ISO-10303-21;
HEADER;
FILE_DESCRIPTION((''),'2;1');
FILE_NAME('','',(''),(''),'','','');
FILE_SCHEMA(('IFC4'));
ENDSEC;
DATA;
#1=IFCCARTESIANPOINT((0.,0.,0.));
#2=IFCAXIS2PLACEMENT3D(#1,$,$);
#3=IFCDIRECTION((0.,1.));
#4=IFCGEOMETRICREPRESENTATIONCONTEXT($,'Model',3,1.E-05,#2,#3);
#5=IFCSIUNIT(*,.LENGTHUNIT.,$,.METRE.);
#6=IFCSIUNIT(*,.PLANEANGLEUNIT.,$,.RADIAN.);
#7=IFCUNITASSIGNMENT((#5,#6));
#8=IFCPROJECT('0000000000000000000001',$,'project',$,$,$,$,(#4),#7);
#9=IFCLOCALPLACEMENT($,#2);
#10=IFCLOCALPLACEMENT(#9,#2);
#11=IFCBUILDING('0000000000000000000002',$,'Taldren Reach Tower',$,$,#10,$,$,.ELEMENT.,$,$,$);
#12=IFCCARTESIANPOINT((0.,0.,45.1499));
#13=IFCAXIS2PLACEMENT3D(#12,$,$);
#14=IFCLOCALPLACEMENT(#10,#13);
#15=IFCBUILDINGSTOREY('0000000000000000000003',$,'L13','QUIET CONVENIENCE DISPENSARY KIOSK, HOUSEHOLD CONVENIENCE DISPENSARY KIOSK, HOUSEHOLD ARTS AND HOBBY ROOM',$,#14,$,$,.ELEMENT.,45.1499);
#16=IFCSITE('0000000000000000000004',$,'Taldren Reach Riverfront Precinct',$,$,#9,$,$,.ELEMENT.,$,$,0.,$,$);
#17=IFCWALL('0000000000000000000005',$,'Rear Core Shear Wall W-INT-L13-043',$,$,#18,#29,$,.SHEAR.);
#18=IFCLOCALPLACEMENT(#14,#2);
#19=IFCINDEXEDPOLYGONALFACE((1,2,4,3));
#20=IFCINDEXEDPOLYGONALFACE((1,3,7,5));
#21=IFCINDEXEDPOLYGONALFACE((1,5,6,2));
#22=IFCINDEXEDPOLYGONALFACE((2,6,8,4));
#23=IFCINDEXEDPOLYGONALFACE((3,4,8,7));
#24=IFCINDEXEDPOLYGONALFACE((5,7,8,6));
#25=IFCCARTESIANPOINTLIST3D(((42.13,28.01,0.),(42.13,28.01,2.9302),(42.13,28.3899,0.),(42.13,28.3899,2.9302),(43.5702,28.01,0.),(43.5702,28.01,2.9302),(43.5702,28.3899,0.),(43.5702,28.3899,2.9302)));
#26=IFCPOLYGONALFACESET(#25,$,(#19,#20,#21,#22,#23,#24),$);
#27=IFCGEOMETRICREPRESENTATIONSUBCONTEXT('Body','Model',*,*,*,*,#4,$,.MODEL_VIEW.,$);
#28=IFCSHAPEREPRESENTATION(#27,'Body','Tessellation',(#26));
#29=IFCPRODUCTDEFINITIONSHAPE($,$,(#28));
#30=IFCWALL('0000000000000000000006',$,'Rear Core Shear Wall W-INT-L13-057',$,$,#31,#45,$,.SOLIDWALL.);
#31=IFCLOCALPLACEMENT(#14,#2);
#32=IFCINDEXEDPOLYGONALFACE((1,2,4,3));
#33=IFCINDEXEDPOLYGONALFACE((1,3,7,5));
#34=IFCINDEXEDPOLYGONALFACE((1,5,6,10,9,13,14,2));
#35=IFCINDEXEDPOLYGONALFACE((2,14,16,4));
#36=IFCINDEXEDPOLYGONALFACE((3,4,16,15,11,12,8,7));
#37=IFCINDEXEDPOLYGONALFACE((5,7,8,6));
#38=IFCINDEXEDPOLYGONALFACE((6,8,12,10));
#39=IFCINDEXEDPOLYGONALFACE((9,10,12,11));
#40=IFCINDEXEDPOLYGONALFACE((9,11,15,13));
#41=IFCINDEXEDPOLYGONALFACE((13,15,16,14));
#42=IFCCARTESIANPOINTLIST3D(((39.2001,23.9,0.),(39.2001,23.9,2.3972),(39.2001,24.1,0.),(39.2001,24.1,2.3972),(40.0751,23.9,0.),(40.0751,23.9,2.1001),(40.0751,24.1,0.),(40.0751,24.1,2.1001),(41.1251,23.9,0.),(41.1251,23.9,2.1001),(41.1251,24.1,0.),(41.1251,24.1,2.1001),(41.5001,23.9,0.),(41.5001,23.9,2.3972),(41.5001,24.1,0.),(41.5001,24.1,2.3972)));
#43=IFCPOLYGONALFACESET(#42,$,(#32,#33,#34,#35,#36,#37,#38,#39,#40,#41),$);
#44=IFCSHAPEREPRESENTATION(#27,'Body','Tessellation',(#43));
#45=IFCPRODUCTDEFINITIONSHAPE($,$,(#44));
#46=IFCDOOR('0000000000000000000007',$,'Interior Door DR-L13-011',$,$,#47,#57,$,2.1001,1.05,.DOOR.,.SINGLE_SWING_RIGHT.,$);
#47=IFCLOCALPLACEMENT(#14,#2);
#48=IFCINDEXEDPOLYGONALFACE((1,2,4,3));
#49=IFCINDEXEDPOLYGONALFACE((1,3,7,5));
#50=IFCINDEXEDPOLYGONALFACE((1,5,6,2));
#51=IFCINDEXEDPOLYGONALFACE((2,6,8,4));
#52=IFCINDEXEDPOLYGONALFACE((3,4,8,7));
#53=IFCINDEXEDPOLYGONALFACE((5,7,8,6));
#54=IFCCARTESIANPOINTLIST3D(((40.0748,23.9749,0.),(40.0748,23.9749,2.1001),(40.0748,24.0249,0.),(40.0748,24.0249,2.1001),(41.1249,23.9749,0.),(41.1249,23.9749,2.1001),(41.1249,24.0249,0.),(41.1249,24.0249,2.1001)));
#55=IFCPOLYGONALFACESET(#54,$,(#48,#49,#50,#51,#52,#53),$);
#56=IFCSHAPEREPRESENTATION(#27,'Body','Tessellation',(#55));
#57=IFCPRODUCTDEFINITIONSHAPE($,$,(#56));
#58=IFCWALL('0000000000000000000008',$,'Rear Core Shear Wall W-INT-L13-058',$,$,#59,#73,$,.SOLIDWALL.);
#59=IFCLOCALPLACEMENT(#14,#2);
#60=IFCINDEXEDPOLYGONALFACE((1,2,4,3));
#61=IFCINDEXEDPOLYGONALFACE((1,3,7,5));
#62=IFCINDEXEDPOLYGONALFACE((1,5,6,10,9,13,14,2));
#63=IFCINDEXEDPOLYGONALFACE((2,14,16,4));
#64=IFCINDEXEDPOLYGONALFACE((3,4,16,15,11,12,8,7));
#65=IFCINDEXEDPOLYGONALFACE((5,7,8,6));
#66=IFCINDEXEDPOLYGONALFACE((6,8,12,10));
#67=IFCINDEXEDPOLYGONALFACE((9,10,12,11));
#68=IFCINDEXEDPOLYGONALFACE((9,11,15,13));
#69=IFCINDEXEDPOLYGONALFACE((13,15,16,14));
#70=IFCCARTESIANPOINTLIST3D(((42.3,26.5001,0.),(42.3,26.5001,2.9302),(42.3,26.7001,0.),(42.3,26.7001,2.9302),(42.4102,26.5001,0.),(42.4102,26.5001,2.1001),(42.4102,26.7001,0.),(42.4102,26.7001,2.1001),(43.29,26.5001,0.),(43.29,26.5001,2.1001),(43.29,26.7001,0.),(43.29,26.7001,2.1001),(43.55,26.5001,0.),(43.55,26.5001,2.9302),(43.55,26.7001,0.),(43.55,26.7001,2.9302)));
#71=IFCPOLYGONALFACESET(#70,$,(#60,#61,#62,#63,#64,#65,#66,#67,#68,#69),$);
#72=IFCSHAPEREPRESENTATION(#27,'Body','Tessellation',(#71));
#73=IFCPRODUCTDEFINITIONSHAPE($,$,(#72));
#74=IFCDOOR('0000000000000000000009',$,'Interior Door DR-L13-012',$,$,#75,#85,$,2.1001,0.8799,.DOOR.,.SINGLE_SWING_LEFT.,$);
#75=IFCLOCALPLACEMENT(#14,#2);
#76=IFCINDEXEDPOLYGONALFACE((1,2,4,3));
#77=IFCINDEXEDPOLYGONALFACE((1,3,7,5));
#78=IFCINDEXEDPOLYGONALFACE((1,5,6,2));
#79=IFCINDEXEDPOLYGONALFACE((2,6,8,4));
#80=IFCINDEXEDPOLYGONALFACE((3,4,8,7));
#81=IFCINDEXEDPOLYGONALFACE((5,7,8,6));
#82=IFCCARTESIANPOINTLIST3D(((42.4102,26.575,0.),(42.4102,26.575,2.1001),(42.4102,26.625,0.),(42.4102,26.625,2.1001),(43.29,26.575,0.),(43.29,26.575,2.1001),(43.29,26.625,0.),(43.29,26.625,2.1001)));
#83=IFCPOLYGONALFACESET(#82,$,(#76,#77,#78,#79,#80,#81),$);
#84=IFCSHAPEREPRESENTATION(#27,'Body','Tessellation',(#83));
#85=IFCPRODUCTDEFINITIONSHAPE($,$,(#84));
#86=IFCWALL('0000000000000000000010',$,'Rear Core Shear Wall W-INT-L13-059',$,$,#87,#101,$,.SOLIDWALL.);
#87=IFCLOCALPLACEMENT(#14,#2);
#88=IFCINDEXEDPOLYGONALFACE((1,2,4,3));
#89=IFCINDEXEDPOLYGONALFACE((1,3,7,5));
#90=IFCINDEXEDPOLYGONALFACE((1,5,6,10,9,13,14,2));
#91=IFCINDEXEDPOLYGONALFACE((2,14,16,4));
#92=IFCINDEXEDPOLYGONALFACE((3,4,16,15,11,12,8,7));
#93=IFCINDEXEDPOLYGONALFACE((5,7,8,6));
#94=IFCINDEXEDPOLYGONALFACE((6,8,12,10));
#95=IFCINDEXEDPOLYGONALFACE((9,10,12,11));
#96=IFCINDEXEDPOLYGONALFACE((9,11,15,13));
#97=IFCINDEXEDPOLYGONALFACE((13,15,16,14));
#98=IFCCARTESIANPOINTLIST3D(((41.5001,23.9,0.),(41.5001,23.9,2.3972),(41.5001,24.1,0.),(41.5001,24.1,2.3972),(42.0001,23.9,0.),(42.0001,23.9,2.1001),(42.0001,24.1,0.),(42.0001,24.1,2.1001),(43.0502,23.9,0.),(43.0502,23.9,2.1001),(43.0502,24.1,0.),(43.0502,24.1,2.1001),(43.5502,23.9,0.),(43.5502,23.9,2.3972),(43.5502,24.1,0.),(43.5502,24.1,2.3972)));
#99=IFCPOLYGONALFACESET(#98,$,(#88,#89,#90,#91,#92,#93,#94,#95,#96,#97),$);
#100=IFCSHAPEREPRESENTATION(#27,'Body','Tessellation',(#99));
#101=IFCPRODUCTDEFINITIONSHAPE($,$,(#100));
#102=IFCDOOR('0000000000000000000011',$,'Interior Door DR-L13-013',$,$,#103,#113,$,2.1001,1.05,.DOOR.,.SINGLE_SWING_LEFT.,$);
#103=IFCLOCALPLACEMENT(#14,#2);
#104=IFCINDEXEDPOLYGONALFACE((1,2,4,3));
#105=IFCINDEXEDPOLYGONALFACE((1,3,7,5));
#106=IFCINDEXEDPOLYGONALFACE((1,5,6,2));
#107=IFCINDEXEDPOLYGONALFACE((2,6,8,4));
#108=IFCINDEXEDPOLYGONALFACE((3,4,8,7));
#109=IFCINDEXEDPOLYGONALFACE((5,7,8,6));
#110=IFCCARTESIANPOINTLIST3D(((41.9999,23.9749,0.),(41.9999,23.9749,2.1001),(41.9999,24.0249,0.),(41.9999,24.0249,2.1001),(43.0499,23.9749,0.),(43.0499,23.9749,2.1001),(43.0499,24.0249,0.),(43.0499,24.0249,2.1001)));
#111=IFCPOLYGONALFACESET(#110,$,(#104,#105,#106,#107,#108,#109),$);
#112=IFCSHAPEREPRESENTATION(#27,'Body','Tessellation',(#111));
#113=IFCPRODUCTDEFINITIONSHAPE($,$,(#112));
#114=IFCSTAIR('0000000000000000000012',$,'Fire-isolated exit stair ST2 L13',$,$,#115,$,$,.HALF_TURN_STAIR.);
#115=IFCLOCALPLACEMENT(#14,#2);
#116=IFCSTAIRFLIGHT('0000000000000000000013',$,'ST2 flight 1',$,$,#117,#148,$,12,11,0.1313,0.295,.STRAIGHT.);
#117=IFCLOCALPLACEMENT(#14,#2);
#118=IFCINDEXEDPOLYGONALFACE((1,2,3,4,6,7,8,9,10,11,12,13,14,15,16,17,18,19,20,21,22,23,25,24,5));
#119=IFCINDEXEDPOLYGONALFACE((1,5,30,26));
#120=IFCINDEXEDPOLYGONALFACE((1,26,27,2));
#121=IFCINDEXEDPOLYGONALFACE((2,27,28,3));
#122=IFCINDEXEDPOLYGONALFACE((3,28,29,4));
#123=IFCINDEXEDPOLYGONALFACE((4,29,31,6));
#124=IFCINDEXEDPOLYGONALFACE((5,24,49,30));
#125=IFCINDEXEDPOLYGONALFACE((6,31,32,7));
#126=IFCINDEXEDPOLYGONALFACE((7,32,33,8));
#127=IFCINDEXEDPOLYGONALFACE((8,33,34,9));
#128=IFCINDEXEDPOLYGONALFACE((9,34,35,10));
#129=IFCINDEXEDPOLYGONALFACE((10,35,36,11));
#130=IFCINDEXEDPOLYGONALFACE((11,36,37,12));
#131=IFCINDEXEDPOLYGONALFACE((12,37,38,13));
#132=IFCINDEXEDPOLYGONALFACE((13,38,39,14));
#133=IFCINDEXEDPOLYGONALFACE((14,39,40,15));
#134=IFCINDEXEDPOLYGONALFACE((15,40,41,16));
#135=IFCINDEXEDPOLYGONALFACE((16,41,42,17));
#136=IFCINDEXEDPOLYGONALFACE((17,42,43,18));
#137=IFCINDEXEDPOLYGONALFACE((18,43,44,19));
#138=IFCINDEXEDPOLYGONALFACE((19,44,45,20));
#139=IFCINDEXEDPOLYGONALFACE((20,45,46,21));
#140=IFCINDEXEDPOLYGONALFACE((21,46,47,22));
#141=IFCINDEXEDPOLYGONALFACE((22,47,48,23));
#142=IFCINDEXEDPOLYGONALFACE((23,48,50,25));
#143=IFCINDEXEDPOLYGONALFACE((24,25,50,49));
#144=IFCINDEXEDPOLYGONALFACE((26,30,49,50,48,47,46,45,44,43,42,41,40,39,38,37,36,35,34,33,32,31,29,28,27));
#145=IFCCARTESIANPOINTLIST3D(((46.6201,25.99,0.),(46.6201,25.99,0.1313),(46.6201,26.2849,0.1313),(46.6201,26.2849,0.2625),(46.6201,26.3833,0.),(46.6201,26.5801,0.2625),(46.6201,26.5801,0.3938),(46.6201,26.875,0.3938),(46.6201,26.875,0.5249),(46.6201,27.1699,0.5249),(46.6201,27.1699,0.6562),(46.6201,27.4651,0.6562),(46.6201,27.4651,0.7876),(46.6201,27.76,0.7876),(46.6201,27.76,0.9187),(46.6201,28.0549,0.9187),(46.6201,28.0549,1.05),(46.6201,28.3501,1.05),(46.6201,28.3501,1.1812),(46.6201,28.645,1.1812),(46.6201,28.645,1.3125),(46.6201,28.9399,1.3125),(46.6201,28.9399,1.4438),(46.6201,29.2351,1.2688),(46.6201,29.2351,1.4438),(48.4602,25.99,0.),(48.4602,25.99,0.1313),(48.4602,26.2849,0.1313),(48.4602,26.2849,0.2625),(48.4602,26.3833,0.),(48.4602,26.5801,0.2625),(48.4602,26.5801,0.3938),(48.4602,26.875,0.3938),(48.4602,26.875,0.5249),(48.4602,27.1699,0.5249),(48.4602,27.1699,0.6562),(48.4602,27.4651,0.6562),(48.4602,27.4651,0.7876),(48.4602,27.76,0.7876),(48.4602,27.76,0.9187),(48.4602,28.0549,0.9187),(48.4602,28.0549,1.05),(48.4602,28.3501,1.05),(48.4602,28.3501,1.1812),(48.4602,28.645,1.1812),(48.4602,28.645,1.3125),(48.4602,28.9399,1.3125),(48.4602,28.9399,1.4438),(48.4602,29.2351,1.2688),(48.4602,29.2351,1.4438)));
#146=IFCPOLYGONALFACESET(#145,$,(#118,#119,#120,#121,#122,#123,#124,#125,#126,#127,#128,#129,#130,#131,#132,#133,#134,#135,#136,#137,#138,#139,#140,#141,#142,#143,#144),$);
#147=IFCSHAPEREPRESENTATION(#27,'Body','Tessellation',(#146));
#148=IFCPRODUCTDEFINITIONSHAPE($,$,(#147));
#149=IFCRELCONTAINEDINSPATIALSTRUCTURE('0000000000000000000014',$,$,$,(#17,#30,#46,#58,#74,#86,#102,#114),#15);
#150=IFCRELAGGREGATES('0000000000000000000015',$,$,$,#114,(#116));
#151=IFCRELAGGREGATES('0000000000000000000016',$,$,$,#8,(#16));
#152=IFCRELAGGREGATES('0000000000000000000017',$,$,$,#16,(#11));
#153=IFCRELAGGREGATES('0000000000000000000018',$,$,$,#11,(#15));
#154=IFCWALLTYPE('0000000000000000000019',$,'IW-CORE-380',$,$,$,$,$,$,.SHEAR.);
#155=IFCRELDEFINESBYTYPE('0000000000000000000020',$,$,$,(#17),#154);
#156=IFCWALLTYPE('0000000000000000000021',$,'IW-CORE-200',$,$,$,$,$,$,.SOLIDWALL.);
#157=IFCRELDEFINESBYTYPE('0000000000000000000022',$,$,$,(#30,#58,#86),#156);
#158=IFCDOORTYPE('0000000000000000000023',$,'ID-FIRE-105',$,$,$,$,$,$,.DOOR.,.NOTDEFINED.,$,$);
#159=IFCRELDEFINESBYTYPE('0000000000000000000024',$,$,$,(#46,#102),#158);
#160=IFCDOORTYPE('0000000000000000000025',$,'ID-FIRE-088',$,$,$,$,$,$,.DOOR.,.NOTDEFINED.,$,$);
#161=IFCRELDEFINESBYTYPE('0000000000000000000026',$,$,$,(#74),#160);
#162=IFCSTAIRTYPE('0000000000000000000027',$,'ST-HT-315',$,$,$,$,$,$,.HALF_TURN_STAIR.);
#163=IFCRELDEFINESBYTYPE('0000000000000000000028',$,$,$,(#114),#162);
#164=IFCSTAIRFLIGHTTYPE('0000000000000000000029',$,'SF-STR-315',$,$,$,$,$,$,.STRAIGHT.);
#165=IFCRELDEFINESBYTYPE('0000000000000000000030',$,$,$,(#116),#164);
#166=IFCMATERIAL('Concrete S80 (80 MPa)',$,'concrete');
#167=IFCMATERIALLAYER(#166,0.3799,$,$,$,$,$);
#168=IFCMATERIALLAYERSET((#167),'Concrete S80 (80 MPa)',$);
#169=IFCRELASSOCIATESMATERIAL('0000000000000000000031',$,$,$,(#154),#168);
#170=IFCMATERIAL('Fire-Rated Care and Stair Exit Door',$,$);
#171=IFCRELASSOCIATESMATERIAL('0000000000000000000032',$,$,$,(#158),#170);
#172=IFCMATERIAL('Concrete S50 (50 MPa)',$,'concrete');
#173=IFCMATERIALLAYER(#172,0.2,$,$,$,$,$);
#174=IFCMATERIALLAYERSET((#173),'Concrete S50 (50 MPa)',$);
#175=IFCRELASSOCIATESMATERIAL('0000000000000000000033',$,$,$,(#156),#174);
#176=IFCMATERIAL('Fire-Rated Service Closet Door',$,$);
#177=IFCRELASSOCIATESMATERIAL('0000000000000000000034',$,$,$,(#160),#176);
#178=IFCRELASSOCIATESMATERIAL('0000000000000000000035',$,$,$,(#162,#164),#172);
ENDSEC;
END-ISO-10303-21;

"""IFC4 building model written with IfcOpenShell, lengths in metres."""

from ifc_helpers import new_model, si_unit, direction, frame, frame_2d, origin, place, context, subcontext, project, spatial, polyline, rectangle, outline, extrude, source, transform, mapped, material, layer, layer_set, type_object, element, fill, aggregate, save


model = new_model("IFC4")

# Units and contexts
model_context = context("Model", 3, precision=1e-05, world=origin(), true_north=direction((0.0, 1.0)))
body_context = subcontext(model_context, "Body", "Model", "MODEL_VIEW")
ifc_project = project(units=[si_unit("LENGTHUNIT", "METRE"), si_unit("PLANEANGLEUNIT", "RADIAN")], contexts=[model_context])

# Site, building, storey
site_placement = place(None, origin())
site = spatial("IfcSite", under=ifc_project, at=site_placement, Name="Taldren Reach Riverfront Precinct", CompositionType="ELEMENT", RefElevation=0.0)
building_placement = place(site_placement, origin())
building = spatial("IfcBuilding", under=site, at=building_placement, Name="Taldren Reach Tower", CompositionType="ELEMENT")
storey_placement = place(building_placement, frame((0.0, 0.0, 45.1499)))
storey = spatial("IfcBuildingStorey", under=building, at=storey_placement, Name="L13", Description="QUIET CONVENIENCE DISPENSARY KIOSK, HOUSEHOLD CONVENIENCE DISPENSARY KIOSK, HOUSEHOLD ARTS AND HOBBY ROOM", CompositionType="ELEMENT", Elevation=45.1499)

# Shared definitions
ifc_material_1 = material(Name="Concrete S80 (80 MPa)", Category="concrete")
ifc_layer_1 = layer(ifc_material_1, 0.3799)
ifc_layer_set_1 = layer_set([ifc_layer_1], Name="Concrete S80 (80 MPa)")
wall_type_1 = type_object("IfcWallType", Name="IW-CORE-380", PredefinedType="SHEAR", material=ifc_layer_set_1)

# Shared definitions
ifc_material_2 = material(Name="Fire-Rated Care and Stair Exit Door")
door_type_1 = type_object("IfcDoorType", Name="ID-FIRE-105", OperationType="NOTDEFINED", PredefinedType="DOOR", material=ifc_material_2)
shared_shape_1 = source(origin(), body_context, "Body", "SweptSolid", [
    extrude(rectangle(XDim=1.05, YDim=2.1001, at=frame_2d((0.5249, 1.05))), frame((0.0, 0.0249, 0.0), z_axis=(0.0, -1.0, 0.0), x_axis=(1.0, 0.0, 0.0)), (0.0, 0.0, 1.0), 0.05),
])

# Shared definitions
ifc_material_3 = material(Name="Concrete S50 (50 MPa)", Category="concrete")
ifc_layer_2 = layer(ifc_material_3, 0.2)
ifc_layer_set_2 = layer_set([ifc_layer_2], Name="Concrete S50 (50 MPa)")
wall_type_2 = type_object("IfcWallType", Name="IW-CORE-200", PredefinedType="SOLIDWALL", material=ifc_layer_set_2)

# Shared definitions
shared_shape_2 = source(origin(), body_context, "Body", "SweptSolid", [
    extrude(rectangle(XDim=1.05, YDim=2.1001, at=frame_2d((0.5249, 1.05))), frame((0.0, 0.1099, 0.0), z_axis=(0.0, -1.0, 0.0), x_axis=(1.0, 0.0, 0.0)), (0.0, 0.0, 1.0), 0.22),
])

# Wall
shared_shape_3 = source(origin(), body_context, "Body", "SweptSolid", [
    extrude(rectangle(XDim=1.4402, YDim=0.3799, at=frame_2d((0.7202, 0.0))), origin(), (0.0, 0.0, 1.0), 2.9302),
])
wall_1_placement = place(storey_placement, frame((42.1299, 28.2, 0.0), z_axis=(0.0, 0.0, 1.0), x_axis=(1.0, 0.0, 0.0)))
element("IfcWall", 1, at=wall_1_placement, inside=storey, type_object=wall_type_1, Name="Rear Core Shear Wall W-INT-L13-043", PredefinedType="SHEAR", context=body_context, shape_type="MappedRepresentation", body=[
    mapped(shared_shape_3, transform((0.0, 0.0, 0.0), scale=1.0)),
])

# Walls, openings, doors
shared_shape_4 = source(origin(), body_context, "Body", "SweptSolid", [
    extrude(rectangle(XDim=2.3, YDim=0.2, at=frame_2d((1.1499, 0.0))), origin(), (0.0, 0.0, 1.0), 2.3972),
])
wall_2_placement = place(storey_placement, frame((41.5, 24.0, 0.0), z_axis=(0.0, 0.0, 1.0), x_axis=(-1.0, 0.0, 0.0)))
wall_2 = element("IfcWall", 2, at=wall_2_placement, inside=storey, type_object=wall_type_2, Name="Rear Core Shear Wall W-INT-L13-057", PredefinedType="SOLIDWALL", context=body_context, shape_type="MappedRepresentation", body=[
    mapped(shared_shape_4, transform((0.0, 0.0, 0.0), scale=1.0)),
])
opening_1_placement = place(wall_2_placement, frame((0.375, 0.0, 0.0)))
opening_1 = element("IfcOpeningElement", 3, at=opening_1_placement, cuts=wall_2, PredefinedType="OPENING", context=body_context, shape_type="MappedRepresentation", body=[
    mapped(shared_shape_2, transform((0.0, 0.0, 0.0), scale=1.0)),
])
door_1_placement = place(opening_1_placement, frame((1.05, 0.0, 0.0), z_axis=(0.0, 0.0, 1.0), x_axis=(-1.0, 0.0, 0.0)))
door_1 = element("IfcDoor", 4, at=door_1_placement, inside=storey, type_object=door_type_1, Name="Interior Door DR-L13-011", OperationType="SINGLE_SWING_RIGHT", OverallHeight=2.1001, OverallWidth=1.05, PredefinedType="DOOR", context=body_context, shape_type="MappedRepresentation", body=[
    mapped(shared_shape_1, transform((0.0, 0.0, 0.0), scale=1.0)),
])
fill(opening_1, door_1)
shared_shape_5 = source(origin(), body_context, "Body", "SweptSolid", [
    extrude(rectangle(XDim=1.25, YDim=0.2, at=frame_2d((0.625, 0.0))), origin(), (0.0, 0.0, 1.0), 2.9302),
])
wall_3_placement = place(storey_placement, frame((42.3, 26.6001, 0.0), z_axis=(0.0, 0.0, 1.0), x_axis=(1.0, 0.0, 0.0)))
wall_3 = element("IfcWall", 5, at=wall_3_placement, inside=storey, type_object=wall_type_2, Name="Rear Core Shear Wall W-INT-L13-058", PredefinedType="SOLIDWALL", context=body_context, shape_type="MappedRepresentation", body=[
    mapped(shared_shape_5, transform((0.0, 0.0, 0.0), scale=1.0)),
])
shared_shape_6 = source(origin(), body_context, "Body", "SweptSolid", [
    extrude(rectangle(XDim=0.8799, YDim=2.1001, at=frame_2d((0.4399, 1.05))), frame((0.0, 0.1099, 0.0), z_axis=(0.0, -1.0, 0.0), x_axis=(1.0, 0.0, 0.0)), (0.0, 0.0, 1.0), 0.22),
])
opening_2_placement = place(wall_3_placement, frame((0.1101, 0.0, 0.0)))
opening_2 = element("IfcOpeningElement", 6, at=opening_2_placement, cuts=wall_3, PredefinedType="OPENING", context=body_context, shape_type="MappedRepresentation", body=[
    mapped(shared_shape_6, transform((0.0, 0.0, 0.0), scale=1.0)),
])
ifc_material_4 = material(Name="Fire-Rated Service Closet Door")
door_type_2 = type_object("IfcDoorType", Name="ID-FIRE-088", OperationType="NOTDEFINED", PredefinedType="DOOR", material=ifc_material_4)
shared_shape_7 = source(origin(), body_context, "Body", "SweptSolid", [
    extrude(rectangle(XDim=0.8799, YDim=2.1001, at=frame_2d((0.4399, 1.05))), frame((0.0, 0.0249, 0.0), z_axis=(0.0, -1.0, 0.0), x_axis=(1.0, 0.0, 0.0)), (0.0, 0.0, 1.0), 0.05),
])
door_2_placement = place(opening_2_placement, origin())
door_2 = element("IfcDoor", 7, at=door_2_placement, inside=storey, type_object=door_type_2, Name="Interior Door DR-L13-012", OperationType="SINGLE_SWING_LEFT", OverallHeight=2.1001, OverallWidth=0.8799, PredefinedType="DOOR", context=body_context, shape_type="MappedRepresentation", body=[
    mapped(shared_shape_7, transform((0.0, 0.0, 0.0), scale=1.0)),
])
fill(opening_2, door_2)
shared_shape_8 = source(origin(), body_context, "Body", "SweptSolid", [
    extrude(rectangle(XDim=2.05, YDim=0.2, at=frame_2d((1.0249, 0.0))), origin(), (0.0, 0.0, 1.0), 2.3972),
])
wall_4_placement = place(storey_placement, frame((43.55, 24.0, 0.0), z_axis=(0.0, 0.0, 1.0), x_axis=(-1.0, 0.0, 0.0)))
wall_4 = element("IfcWall", 8, at=wall_4_placement, inside=storey, type_object=wall_type_2, Name="Rear Core Shear Wall W-INT-L13-059", PredefinedType="SOLIDWALL", context=body_context, shape_type="MappedRepresentation", body=[
    mapped(shared_shape_8, transform((0.0, 0.0, 0.0), scale=1.0)),
])
opening_3_placement = place(wall_4_placement, frame((0.5, 0.0, 0.0)))
opening_3 = element("IfcOpeningElement", 9, at=opening_3_placement, cuts=wall_4, PredefinedType="OPENING", context=body_context, shape_type="MappedRepresentation", body=[
    mapped(shared_shape_2, transform((0.0, 0.0, 0.0), scale=1.0)),
])
door_3_placement = place(opening_3_placement, frame((1.05, 0.0, 0.0), z_axis=(0.0, 0.0, 1.0), x_axis=(-1.0, 0.0, 0.0)))
door_3 = element("IfcDoor", 10, at=door_3_placement, inside=storey, type_object=door_type_1, Name="Interior Door DR-L13-013", OperationType="SINGLE_SWING_LEFT", OverallHeight=2.1001, OverallWidth=1.05, PredefinedType="DOOR", context=body_context, shape_type="MappedRepresentation", body=[
    mapped(shared_shape_1, transform((0.0, 0.0, 0.0), scale=1.0)),
])
fill(opening_3, door_3)

# Stair, stair flight
stair_type = type_object("IfcStairType", Name="ST-HT-315", PredefinedType="HALF_TURN_STAIR", material=ifc_material_3)
stair_placement = place(storey_placement, origin())
stair = element("IfcStair", 11, at=stair_placement, inside=storey, type_object=stair_type, Name="Fire-isolated exit stair ST2 L13", PredefinedType="HALF_TURN_STAIR")
stair_flight_type = type_object("IfcStairFlightType", Name="SF-STR-315", PredefinedType="STRAIGHT", material=ifc_material_3)
stair_flight_placement = place(storey_placement, frame((47.54, 25.99, 0.0), z_axis=(0.0, 0.0, 1.0), x_axis=(0.0, 1.0, 0.0)))
stair_flight = element("IfcStairFlight", 12, at=stair_flight_placement, type_object=stair_flight_type, Name="ST2 flight 1", NumberOfRisers=12, NumberOfTreads=11, PredefinedType="STRAIGHT", RiserHeight=0.1313, TreadLength=0.295, context=body_context, shape_type="SweptSolid", body=[
    extrude(outline(polyline([(0.0, 0.0), (0.0, 0.1313), (0.2949, 0.1313), (0.2949, 0.2625), (0.5901, 0.2625), (0.5901, 0.3938), (0.885, 0.3938), (0.885, 0.5249), (1.1799, 0.5249), (1.1799, 0.6562), (1.4751, 0.6562), (1.4751, 0.7876), (1.77, 0.7876), (1.77, 0.9187), (2.0649, 0.9187), (2.0649, 1.05), (2.3601, 1.05), (2.3601, 1.1812), (2.655, 1.1812), (2.655, 1.3125), (2.95, 1.3125), (2.95, 1.4438), (3.2451, 1.4438), (3.2451, 1.575), (3.2451, 1.2688), (0.3933, 0.0), (0.0, 0.0)])), frame((0.0, 0.9199, 0.0), z_axis=(0.0, -1.0, 0.0), x_axis=(1.0, 0.0, 0.0)), (0.0, 0.0, 1.0), 1.8401),
])
aggregate(stair, [stair_flight])

save(model, "model.ifc")
